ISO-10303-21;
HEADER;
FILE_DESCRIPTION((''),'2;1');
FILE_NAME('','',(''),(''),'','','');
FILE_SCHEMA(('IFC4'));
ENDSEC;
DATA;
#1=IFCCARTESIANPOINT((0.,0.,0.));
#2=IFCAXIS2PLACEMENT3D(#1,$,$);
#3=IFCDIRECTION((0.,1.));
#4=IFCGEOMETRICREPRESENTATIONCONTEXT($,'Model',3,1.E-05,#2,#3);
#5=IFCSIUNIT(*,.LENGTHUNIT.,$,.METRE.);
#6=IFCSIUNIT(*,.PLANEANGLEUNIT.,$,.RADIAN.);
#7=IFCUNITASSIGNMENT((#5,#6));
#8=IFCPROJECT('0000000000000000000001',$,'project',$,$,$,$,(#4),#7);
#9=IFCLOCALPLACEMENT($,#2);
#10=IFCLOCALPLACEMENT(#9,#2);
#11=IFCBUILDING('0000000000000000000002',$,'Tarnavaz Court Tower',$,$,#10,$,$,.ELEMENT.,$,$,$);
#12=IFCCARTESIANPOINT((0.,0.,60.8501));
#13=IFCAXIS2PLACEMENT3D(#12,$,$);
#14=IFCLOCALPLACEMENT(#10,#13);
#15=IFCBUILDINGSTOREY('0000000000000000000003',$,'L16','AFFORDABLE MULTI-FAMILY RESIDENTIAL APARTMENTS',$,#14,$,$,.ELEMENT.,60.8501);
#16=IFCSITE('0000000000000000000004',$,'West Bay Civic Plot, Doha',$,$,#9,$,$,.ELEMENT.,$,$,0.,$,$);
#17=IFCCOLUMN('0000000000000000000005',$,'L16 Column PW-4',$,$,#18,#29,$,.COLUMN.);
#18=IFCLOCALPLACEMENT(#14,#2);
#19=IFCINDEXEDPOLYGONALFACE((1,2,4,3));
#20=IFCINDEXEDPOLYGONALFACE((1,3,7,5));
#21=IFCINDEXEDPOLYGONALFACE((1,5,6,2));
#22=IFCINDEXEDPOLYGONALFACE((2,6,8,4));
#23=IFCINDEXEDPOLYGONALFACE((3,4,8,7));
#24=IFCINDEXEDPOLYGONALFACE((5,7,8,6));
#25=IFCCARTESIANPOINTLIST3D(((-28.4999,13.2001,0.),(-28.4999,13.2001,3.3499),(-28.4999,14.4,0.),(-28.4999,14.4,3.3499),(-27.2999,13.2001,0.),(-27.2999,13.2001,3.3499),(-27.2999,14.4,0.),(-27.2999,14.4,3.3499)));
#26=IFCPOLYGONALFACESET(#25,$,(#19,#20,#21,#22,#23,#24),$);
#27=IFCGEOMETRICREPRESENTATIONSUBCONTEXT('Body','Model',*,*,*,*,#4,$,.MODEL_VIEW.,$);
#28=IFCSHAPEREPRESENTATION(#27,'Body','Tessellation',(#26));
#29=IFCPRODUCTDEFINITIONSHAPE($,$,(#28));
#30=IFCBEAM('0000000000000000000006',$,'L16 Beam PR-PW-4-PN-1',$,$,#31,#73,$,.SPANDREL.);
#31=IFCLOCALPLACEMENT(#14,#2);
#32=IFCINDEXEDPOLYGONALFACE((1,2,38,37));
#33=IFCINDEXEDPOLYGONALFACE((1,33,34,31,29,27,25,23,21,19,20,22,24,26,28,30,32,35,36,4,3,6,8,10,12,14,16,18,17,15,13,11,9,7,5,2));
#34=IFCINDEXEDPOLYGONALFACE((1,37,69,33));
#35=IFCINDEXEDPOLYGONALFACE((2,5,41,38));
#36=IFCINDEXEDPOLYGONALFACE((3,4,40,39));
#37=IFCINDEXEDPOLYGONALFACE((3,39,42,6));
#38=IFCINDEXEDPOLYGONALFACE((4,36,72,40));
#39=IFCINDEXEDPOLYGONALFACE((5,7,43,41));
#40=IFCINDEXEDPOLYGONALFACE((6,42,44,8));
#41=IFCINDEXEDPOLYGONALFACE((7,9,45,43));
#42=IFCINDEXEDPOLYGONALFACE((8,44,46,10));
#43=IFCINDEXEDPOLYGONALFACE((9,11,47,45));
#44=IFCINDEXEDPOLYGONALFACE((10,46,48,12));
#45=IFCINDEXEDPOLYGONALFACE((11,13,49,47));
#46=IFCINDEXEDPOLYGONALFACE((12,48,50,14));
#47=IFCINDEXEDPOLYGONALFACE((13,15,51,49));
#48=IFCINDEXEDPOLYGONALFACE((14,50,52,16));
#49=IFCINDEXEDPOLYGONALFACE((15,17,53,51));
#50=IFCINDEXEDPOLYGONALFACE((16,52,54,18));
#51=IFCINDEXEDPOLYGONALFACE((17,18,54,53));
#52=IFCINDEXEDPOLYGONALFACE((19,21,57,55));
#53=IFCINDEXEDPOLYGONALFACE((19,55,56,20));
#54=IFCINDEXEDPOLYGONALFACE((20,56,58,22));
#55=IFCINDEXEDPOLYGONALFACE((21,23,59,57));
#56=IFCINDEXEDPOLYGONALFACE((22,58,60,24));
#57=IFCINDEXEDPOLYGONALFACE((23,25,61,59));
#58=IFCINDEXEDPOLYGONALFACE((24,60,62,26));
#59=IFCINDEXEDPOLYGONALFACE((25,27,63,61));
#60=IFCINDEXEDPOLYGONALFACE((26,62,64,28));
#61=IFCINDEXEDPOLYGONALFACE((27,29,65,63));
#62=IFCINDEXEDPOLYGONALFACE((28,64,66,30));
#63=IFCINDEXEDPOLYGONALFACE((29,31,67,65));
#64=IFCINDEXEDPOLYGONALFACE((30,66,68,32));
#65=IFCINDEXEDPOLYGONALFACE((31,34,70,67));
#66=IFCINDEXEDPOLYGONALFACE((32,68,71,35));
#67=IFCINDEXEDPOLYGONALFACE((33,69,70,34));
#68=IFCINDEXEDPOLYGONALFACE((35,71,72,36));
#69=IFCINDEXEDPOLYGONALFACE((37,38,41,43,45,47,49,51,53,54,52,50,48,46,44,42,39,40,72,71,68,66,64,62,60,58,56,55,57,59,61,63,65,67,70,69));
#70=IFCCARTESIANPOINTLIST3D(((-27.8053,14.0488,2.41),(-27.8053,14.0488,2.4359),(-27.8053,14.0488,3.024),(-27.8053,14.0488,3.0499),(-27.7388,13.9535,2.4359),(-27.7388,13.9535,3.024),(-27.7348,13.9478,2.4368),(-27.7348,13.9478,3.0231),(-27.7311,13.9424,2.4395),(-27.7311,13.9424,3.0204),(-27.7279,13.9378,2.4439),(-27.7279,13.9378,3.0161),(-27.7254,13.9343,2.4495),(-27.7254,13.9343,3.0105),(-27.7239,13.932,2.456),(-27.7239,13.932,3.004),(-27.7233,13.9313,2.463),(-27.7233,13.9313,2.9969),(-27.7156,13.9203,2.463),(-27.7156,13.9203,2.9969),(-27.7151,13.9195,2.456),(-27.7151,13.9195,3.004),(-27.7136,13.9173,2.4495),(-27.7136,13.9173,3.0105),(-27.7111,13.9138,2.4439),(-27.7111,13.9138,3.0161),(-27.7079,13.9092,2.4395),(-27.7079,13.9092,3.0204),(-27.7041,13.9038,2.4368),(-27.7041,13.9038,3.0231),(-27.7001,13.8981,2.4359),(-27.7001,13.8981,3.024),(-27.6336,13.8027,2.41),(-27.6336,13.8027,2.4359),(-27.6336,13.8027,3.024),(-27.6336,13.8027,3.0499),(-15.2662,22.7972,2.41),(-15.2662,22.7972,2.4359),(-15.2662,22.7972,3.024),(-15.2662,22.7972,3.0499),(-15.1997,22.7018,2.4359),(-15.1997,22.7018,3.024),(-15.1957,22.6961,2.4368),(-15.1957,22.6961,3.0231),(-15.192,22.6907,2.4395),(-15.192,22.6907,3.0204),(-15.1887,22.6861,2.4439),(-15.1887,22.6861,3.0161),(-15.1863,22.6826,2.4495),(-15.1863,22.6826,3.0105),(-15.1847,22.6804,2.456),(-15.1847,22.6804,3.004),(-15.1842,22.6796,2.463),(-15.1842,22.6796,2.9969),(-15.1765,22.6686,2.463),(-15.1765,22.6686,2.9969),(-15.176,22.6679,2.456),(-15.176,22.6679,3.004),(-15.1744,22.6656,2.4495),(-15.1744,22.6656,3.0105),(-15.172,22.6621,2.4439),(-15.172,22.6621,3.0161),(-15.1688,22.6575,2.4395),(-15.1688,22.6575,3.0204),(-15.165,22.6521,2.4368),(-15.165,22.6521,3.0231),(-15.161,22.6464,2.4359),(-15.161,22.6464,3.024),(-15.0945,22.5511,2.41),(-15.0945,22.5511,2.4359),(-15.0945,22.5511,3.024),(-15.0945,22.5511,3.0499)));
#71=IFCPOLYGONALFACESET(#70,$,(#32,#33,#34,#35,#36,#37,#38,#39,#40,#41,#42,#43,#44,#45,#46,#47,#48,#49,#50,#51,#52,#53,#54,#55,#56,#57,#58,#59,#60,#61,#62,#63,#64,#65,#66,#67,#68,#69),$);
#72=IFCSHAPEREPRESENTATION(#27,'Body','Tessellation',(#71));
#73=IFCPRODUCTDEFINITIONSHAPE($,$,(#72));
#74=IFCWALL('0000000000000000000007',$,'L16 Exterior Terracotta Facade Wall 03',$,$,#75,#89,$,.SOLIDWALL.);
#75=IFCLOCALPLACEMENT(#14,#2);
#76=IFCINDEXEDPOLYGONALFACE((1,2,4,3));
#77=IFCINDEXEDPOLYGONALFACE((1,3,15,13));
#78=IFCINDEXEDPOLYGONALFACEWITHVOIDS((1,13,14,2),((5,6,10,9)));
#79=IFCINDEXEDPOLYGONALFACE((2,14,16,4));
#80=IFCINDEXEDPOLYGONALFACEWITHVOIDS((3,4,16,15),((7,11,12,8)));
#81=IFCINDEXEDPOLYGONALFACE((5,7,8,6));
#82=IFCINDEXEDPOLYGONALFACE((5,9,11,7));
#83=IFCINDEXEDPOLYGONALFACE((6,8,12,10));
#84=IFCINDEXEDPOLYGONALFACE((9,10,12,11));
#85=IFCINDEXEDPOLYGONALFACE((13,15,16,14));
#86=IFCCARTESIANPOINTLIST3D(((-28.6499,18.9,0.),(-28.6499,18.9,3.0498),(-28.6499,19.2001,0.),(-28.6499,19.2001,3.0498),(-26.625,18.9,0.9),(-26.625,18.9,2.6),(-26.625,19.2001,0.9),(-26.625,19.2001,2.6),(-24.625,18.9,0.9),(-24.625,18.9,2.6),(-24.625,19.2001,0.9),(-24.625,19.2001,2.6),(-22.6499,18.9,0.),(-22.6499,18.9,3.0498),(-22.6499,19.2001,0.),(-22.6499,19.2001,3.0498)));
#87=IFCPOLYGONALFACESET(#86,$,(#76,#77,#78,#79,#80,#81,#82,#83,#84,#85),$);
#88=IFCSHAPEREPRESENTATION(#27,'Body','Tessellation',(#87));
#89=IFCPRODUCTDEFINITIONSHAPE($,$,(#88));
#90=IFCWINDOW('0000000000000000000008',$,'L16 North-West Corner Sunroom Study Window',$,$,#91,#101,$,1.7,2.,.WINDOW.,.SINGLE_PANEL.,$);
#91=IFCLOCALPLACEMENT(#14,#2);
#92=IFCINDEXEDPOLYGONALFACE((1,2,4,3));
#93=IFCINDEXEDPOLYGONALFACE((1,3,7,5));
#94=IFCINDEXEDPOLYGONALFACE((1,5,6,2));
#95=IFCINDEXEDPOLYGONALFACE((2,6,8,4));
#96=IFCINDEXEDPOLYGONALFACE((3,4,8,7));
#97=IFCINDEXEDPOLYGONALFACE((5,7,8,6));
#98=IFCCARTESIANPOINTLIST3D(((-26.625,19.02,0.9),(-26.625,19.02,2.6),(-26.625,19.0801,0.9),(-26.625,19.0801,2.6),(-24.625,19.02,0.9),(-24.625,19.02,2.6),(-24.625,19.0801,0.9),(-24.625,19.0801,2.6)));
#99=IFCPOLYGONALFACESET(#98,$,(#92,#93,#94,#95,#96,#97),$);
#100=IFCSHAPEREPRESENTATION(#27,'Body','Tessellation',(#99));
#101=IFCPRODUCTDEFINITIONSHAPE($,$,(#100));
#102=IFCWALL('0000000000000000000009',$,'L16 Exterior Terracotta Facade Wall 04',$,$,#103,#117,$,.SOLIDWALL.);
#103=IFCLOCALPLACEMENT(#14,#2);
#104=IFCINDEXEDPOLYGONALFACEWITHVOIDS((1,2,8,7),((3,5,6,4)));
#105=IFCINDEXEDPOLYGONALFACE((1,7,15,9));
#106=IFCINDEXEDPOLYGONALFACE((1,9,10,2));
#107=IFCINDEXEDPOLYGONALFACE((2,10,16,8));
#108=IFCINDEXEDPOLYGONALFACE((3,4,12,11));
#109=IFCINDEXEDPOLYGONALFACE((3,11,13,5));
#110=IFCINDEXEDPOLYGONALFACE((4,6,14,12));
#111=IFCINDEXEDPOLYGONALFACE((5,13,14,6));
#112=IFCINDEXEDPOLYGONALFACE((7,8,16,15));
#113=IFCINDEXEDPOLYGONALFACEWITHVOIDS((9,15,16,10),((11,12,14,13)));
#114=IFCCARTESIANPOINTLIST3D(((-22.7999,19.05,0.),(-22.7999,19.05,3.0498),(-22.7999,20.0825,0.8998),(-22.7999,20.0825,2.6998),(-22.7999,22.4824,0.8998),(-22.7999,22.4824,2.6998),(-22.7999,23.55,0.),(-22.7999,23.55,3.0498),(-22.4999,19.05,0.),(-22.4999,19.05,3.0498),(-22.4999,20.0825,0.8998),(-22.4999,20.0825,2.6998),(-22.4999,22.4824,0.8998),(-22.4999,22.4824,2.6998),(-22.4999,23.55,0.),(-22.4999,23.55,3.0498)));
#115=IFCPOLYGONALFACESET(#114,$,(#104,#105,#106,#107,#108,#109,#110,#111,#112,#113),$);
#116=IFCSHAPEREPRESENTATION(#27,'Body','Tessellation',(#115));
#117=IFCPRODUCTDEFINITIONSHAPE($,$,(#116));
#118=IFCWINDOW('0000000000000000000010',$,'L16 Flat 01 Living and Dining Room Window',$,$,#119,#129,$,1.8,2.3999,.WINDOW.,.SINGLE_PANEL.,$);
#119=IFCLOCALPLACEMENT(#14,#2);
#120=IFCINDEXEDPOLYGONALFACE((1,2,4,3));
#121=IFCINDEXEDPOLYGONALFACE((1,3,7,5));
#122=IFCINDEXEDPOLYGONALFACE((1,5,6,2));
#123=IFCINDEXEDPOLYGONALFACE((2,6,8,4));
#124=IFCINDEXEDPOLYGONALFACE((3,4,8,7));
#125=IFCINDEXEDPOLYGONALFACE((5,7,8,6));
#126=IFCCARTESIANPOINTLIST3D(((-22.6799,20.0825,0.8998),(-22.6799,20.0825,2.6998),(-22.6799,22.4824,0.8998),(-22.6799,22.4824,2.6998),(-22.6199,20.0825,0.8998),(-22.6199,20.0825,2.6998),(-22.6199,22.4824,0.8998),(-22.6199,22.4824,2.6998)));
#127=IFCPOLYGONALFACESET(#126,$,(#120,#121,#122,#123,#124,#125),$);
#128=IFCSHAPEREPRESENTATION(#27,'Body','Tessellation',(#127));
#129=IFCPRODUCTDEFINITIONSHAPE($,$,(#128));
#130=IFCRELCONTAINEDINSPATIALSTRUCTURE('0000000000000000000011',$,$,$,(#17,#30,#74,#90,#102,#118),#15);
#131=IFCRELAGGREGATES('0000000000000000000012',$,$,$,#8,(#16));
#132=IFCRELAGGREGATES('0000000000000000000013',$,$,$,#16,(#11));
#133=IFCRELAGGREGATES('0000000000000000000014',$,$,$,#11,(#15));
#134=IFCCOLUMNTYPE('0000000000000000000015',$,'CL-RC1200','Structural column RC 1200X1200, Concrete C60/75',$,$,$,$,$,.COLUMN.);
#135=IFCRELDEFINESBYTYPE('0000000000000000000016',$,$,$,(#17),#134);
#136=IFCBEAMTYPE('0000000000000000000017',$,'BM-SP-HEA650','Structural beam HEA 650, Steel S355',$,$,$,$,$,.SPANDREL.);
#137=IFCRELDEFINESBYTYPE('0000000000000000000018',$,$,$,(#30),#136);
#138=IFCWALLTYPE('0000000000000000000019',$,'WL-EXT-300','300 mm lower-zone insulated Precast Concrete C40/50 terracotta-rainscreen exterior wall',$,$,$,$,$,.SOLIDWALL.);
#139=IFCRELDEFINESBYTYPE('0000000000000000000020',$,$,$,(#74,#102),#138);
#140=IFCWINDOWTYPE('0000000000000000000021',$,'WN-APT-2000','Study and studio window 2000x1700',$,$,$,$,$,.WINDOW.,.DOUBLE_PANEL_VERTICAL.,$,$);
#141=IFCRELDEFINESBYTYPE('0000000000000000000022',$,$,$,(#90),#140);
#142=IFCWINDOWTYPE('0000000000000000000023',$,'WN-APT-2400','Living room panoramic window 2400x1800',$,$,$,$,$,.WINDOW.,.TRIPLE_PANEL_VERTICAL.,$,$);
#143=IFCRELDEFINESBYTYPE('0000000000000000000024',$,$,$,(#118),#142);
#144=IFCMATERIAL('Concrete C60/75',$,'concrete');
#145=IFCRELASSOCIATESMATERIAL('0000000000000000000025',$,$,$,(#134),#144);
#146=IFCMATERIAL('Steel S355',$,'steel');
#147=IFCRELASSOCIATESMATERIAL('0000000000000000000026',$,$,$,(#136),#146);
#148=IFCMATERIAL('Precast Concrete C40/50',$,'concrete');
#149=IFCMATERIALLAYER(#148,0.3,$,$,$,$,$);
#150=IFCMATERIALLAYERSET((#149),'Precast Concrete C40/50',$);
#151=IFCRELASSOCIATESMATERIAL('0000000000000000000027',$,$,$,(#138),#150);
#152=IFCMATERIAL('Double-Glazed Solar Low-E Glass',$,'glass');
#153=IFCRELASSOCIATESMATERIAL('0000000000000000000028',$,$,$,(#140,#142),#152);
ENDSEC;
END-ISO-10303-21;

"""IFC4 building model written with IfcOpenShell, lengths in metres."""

from ifc_helpers import new_model, si_unit, direction, frame, frame_2d, origin, origin_2d, place, context, subcontext, project, spatial, rectangle, i_section, extrude, material, layer, layer_set, material_profile, profile_set, type_object, element, fill, save


model = new_model("IFC4")

# Units and contexts
model_context = context("Model", 3, precision=1e-05, world=origin(), true_north=direction((0.0, 1.0)))
body_context = subcontext(model_context, "Body", "Model", "MODEL_VIEW")
ifc_project = project(units=[si_unit("LENGTHUNIT", "METRE"), si_unit("PLANEANGLEUNIT", "RADIAN")], contexts=[model_context])

# Site, building, storey
site_placement = place(None, origin())
site = spatial("IfcSite", under=ifc_project, at=site_placement, Name="West Bay Civic Plot, Doha", CompositionType="ELEMENT", RefElevation=0.0)
building_placement = place(site_placement, origin())
building = spatial("IfcBuilding", under=site, at=building_placement, Name="Tarnavaz Court Tower", CompositionType="ELEMENT")
storey_placement = place(building_placement, frame((0.0, 0.0, 60.8501)))
storey = spatial("IfcBuildingStorey", under=building, at=storey_placement, Name="L16", Description="AFFORDABLE MULTI-FAMILY RESIDENTIAL APARTMENTS", CompositionType="ELEMENT", Elevation=60.8501)

# Column
ifc_material_1 = material(Name="Concrete C60/75", Category="concrete")
ifc_material_profile_1 = material_profile(ifc_material_1, rectangle(XDim=1.2, YDim=1.2, at=origin_2d()), Name="RC 1200X1200")
ifc_profile_set_1 = profile_set([ifc_material_profile_1], Name="Concrete C60/75")
column_type = type_object("IfcColumnType", Name="CL-RC1200", Description="Structural column RC 1200X1200, Concrete C60/75", PredefinedType="COLUMN", material=ifc_profile_set_1)
column_placement = place(storey_placement, frame((-27.8999, 13.8, 0.0), z_axis=(0.0, 0.0, 1.0), x_axis=(1.0, 0.0, 0.0)))
element("IfcColumn", 1, at=column_placement, inside=storey, type_object=column_type, Name="L16 Column PW-4", PredefinedType="COLUMN", context=body_context, shape_type="SweptSolid", body=[
    extrude(rectangle(XDim=1.2, YDim=1.2, at=origin_2d()), origin(), (0.0, 0.0, 1.0), 3.3499),
])

# Beam
ifc_material_2 = material(Name="Steel S355", Category="steel")
ifc_material_profile_2 = material_profile(ifc_material_2, i_section(OverallWidth=0.3, OverallDepth=0.6399, WebThickness=0.0134, FlangeThickness=0.0259, FilletRadius=0.0271, at=origin_2d()), Name="HEA 650")
ifc_profile_set_2 = profile_set([ifc_material_profile_2], Name="Steel S355")
beam_type = type_object("IfcBeamType", Name="BM-SP-HEA650", Description="Structural beam HEA 650, Steel S355", PredefinedType="SPANDREL", material=ifc_profile_set_2)
beam_placement = place(storey_placement, frame((-27.7195, 13.9258, 2.73), z_axis=(0.820124, 0.572186, 0.0), x_axis=(-0.572186, 0.820124, 0.0)))
element("IfcBeam", 2, at=beam_placement, inside=storey, type_object=beam_type, Name="L16 Beam PR-PW-4-PN-1", PredefinedType="SPANDREL", context=body_context, shape_type="SweptSolid", body=[
    extrude(i_section(OverallWidth=0.3, OverallDepth=0.6399, WebThickness=0.0134, FlangeThickness=0.0259, FilletRadius=0.0271, at=origin_2d()), origin(), (0.0, 0.0, 1.0), 15.2893),
])

# Walls, openings, windows
ifc_material_3 = material(Name="Precast Concrete C40/50", Category="concrete")
ifc_layer_1 = layer(ifc_material_3, 0.3)
ifc_layer_set_1 = layer_set([ifc_layer_1], Name="Precast Concrete C40/50")
wall_type_1 = type_object("IfcWallType", Name="WL-EXT-300", Description="300 mm lower-zone insulated Precast Concrete C40/50 terracotta-rainscreen exterior wall", PredefinedType="SOLIDWALL", material=ifc_layer_set_1)
wall_1_placement = place(storey_placement, frame((-28.6499, 19.05, 0.0), z_axis=(0.0, 0.0, 1.0), x_axis=(1.0, 0.0, 0.0)))
wall_1 = element("IfcWall", 3, at=wall_1_placement, inside=storey, type_object=wall_type_1, Name="L16 Exterior Terracotta Facade Wall 03", PredefinedType="SOLIDWALL", context=body_context, shape_type="SweptSolid", body=[
    extrude(rectangle(XDim=6.0, YDim=0.3, at=frame_2d((3.0, 0.0))), origin(), (0.0, 0.0, 1.0), 3.0498),
])
opening_1_placement = place(wall_1_placement, frame((2.0249, 0.0, 0.8999)))
opening_1 = element("IfcOpeningElement", 4, at=opening_1_placement, cuts=wall_1, PredefinedType="OPENING", context=body_context, shape_type="SweptSolid", body=[
    extrude(rectangle(XDim=2.0, YDim=1.7, at=frame_2d((1.0, 0.8501))), frame((0.0, 0.1599, 0.0), z_axis=(0.0, -1.0, 0.0), x_axis=(1.0, 0.0, 0.0)), (0.0, 0.0, 1.0), 0.3201),
])
ifc_material_4 = material(Name="Double-Glazed Solar Low-E Glass", Category="glass")
window_type_1 = type_object("IfcWindowType", Name="WN-APT-2000", Description="Study and studio window 2000x1700", PartitioningType="DOUBLE_PANEL_VERTICAL", PredefinedType="WINDOW", material=ifc_material_4)
window_1_placement = place(opening_1_placement, origin())
window_1 = element("IfcWindow", 5, at=window_1_placement, inside=storey, type_object=window_type_1, Name="L16 North-West Corner Sunroom Study Window", OverallHeight=1.7, OverallWidth=2.0, PartitioningType="SINGLE_PANEL", PredefinedType="WINDOW", context=body_context, shape_type="SweptSolid", body=[
    extrude(rectangle(XDim=2.0, YDim=1.7, at=frame_2d((1.0, 0.8501))), frame((0.0, 0.03, 0.0), z_axis=(0.0, -1.0, 0.0), x_axis=(1.0, 0.0, 0.0)), (0.0, 0.0, 1.0), 0.0601),
])
fill(opening_1, window_1)
wall_2_placement = place(storey_placement, frame((-22.6499, 19.05, 0.0), z_axis=(0.0, 0.0, 1.0), x_axis=(0.0, 1.0, 0.0)))
wall_2 = element("IfcWall", 6, at=wall_2_placement, inside=storey, type_object=wall_type_1, Name="L16 Exterior Terracotta Facade Wall 04", PredefinedType="SOLIDWALL", context=body_context, shape_type="SweptSolid", body=[
    extrude(rectangle(XDim=4.5, YDim=0.3, at=frame_2d((2.25, 0.0))), origin(), (0.0, 0.0, 1.0), 3.0498),
])
opening_2_placement = place(wall_2_placement, frame((1.0325, 0.0, 0.8999)))
opening_2 = element("IfcOpeningElement", 7, at=opening_2_placement, cuts=wall_2, PredefinedType="OPENING", context=body_context, shape_type="SweptSolid", body=[
    extrude(rectangle(XDim=2.3999, YDim=1.8, at=frame_2d((1.2, 0.8999))), frame((0.0, 0.1599, 0.0), z_axis=(0.0, -1.0, 0.0), x_axis=(1.0, 0.0, 0.0)), (0.0, 0.0, 1.0), 0.3201),
])
window_type_2 = type_object("IfcWindowType", Name="WN-APT-2400", Description="Living room panoramic window 2400x1800", PartitioningType="TRIPLE_PANEL_VERTICAL", PredefinedType="WINDOW", material=ifc_material_4)
window_2_placement = place(opening_2_placement, origin())
window_2 = element("IfcWindow", 8, at=window_2_placement, inside=storey, type_object=window_type_2, Name="L16 Flat 01 Living and Dining Room Window", OverallHeight=1.8, OverallWidth=2.3999, PartitioningType="SINGLE_PANEL", PredefinedType="WINDOW", context=body_context, shape_type="SweptSolid", body=[
    extrude(rectangle(XDim=2.3999, YDim=1.8, at=frame_2d((1.2, 0.8999))), frame((0.0, 0.03, 0.0), z_axis=(0.0, -1.0, 0.0), x_axis=(1.0, 0.0, 0.0)), (0.0, 0.0, 1.0), 0.0601),
])
fill(opening_2, window_2)

save(model, "model.ifc")
